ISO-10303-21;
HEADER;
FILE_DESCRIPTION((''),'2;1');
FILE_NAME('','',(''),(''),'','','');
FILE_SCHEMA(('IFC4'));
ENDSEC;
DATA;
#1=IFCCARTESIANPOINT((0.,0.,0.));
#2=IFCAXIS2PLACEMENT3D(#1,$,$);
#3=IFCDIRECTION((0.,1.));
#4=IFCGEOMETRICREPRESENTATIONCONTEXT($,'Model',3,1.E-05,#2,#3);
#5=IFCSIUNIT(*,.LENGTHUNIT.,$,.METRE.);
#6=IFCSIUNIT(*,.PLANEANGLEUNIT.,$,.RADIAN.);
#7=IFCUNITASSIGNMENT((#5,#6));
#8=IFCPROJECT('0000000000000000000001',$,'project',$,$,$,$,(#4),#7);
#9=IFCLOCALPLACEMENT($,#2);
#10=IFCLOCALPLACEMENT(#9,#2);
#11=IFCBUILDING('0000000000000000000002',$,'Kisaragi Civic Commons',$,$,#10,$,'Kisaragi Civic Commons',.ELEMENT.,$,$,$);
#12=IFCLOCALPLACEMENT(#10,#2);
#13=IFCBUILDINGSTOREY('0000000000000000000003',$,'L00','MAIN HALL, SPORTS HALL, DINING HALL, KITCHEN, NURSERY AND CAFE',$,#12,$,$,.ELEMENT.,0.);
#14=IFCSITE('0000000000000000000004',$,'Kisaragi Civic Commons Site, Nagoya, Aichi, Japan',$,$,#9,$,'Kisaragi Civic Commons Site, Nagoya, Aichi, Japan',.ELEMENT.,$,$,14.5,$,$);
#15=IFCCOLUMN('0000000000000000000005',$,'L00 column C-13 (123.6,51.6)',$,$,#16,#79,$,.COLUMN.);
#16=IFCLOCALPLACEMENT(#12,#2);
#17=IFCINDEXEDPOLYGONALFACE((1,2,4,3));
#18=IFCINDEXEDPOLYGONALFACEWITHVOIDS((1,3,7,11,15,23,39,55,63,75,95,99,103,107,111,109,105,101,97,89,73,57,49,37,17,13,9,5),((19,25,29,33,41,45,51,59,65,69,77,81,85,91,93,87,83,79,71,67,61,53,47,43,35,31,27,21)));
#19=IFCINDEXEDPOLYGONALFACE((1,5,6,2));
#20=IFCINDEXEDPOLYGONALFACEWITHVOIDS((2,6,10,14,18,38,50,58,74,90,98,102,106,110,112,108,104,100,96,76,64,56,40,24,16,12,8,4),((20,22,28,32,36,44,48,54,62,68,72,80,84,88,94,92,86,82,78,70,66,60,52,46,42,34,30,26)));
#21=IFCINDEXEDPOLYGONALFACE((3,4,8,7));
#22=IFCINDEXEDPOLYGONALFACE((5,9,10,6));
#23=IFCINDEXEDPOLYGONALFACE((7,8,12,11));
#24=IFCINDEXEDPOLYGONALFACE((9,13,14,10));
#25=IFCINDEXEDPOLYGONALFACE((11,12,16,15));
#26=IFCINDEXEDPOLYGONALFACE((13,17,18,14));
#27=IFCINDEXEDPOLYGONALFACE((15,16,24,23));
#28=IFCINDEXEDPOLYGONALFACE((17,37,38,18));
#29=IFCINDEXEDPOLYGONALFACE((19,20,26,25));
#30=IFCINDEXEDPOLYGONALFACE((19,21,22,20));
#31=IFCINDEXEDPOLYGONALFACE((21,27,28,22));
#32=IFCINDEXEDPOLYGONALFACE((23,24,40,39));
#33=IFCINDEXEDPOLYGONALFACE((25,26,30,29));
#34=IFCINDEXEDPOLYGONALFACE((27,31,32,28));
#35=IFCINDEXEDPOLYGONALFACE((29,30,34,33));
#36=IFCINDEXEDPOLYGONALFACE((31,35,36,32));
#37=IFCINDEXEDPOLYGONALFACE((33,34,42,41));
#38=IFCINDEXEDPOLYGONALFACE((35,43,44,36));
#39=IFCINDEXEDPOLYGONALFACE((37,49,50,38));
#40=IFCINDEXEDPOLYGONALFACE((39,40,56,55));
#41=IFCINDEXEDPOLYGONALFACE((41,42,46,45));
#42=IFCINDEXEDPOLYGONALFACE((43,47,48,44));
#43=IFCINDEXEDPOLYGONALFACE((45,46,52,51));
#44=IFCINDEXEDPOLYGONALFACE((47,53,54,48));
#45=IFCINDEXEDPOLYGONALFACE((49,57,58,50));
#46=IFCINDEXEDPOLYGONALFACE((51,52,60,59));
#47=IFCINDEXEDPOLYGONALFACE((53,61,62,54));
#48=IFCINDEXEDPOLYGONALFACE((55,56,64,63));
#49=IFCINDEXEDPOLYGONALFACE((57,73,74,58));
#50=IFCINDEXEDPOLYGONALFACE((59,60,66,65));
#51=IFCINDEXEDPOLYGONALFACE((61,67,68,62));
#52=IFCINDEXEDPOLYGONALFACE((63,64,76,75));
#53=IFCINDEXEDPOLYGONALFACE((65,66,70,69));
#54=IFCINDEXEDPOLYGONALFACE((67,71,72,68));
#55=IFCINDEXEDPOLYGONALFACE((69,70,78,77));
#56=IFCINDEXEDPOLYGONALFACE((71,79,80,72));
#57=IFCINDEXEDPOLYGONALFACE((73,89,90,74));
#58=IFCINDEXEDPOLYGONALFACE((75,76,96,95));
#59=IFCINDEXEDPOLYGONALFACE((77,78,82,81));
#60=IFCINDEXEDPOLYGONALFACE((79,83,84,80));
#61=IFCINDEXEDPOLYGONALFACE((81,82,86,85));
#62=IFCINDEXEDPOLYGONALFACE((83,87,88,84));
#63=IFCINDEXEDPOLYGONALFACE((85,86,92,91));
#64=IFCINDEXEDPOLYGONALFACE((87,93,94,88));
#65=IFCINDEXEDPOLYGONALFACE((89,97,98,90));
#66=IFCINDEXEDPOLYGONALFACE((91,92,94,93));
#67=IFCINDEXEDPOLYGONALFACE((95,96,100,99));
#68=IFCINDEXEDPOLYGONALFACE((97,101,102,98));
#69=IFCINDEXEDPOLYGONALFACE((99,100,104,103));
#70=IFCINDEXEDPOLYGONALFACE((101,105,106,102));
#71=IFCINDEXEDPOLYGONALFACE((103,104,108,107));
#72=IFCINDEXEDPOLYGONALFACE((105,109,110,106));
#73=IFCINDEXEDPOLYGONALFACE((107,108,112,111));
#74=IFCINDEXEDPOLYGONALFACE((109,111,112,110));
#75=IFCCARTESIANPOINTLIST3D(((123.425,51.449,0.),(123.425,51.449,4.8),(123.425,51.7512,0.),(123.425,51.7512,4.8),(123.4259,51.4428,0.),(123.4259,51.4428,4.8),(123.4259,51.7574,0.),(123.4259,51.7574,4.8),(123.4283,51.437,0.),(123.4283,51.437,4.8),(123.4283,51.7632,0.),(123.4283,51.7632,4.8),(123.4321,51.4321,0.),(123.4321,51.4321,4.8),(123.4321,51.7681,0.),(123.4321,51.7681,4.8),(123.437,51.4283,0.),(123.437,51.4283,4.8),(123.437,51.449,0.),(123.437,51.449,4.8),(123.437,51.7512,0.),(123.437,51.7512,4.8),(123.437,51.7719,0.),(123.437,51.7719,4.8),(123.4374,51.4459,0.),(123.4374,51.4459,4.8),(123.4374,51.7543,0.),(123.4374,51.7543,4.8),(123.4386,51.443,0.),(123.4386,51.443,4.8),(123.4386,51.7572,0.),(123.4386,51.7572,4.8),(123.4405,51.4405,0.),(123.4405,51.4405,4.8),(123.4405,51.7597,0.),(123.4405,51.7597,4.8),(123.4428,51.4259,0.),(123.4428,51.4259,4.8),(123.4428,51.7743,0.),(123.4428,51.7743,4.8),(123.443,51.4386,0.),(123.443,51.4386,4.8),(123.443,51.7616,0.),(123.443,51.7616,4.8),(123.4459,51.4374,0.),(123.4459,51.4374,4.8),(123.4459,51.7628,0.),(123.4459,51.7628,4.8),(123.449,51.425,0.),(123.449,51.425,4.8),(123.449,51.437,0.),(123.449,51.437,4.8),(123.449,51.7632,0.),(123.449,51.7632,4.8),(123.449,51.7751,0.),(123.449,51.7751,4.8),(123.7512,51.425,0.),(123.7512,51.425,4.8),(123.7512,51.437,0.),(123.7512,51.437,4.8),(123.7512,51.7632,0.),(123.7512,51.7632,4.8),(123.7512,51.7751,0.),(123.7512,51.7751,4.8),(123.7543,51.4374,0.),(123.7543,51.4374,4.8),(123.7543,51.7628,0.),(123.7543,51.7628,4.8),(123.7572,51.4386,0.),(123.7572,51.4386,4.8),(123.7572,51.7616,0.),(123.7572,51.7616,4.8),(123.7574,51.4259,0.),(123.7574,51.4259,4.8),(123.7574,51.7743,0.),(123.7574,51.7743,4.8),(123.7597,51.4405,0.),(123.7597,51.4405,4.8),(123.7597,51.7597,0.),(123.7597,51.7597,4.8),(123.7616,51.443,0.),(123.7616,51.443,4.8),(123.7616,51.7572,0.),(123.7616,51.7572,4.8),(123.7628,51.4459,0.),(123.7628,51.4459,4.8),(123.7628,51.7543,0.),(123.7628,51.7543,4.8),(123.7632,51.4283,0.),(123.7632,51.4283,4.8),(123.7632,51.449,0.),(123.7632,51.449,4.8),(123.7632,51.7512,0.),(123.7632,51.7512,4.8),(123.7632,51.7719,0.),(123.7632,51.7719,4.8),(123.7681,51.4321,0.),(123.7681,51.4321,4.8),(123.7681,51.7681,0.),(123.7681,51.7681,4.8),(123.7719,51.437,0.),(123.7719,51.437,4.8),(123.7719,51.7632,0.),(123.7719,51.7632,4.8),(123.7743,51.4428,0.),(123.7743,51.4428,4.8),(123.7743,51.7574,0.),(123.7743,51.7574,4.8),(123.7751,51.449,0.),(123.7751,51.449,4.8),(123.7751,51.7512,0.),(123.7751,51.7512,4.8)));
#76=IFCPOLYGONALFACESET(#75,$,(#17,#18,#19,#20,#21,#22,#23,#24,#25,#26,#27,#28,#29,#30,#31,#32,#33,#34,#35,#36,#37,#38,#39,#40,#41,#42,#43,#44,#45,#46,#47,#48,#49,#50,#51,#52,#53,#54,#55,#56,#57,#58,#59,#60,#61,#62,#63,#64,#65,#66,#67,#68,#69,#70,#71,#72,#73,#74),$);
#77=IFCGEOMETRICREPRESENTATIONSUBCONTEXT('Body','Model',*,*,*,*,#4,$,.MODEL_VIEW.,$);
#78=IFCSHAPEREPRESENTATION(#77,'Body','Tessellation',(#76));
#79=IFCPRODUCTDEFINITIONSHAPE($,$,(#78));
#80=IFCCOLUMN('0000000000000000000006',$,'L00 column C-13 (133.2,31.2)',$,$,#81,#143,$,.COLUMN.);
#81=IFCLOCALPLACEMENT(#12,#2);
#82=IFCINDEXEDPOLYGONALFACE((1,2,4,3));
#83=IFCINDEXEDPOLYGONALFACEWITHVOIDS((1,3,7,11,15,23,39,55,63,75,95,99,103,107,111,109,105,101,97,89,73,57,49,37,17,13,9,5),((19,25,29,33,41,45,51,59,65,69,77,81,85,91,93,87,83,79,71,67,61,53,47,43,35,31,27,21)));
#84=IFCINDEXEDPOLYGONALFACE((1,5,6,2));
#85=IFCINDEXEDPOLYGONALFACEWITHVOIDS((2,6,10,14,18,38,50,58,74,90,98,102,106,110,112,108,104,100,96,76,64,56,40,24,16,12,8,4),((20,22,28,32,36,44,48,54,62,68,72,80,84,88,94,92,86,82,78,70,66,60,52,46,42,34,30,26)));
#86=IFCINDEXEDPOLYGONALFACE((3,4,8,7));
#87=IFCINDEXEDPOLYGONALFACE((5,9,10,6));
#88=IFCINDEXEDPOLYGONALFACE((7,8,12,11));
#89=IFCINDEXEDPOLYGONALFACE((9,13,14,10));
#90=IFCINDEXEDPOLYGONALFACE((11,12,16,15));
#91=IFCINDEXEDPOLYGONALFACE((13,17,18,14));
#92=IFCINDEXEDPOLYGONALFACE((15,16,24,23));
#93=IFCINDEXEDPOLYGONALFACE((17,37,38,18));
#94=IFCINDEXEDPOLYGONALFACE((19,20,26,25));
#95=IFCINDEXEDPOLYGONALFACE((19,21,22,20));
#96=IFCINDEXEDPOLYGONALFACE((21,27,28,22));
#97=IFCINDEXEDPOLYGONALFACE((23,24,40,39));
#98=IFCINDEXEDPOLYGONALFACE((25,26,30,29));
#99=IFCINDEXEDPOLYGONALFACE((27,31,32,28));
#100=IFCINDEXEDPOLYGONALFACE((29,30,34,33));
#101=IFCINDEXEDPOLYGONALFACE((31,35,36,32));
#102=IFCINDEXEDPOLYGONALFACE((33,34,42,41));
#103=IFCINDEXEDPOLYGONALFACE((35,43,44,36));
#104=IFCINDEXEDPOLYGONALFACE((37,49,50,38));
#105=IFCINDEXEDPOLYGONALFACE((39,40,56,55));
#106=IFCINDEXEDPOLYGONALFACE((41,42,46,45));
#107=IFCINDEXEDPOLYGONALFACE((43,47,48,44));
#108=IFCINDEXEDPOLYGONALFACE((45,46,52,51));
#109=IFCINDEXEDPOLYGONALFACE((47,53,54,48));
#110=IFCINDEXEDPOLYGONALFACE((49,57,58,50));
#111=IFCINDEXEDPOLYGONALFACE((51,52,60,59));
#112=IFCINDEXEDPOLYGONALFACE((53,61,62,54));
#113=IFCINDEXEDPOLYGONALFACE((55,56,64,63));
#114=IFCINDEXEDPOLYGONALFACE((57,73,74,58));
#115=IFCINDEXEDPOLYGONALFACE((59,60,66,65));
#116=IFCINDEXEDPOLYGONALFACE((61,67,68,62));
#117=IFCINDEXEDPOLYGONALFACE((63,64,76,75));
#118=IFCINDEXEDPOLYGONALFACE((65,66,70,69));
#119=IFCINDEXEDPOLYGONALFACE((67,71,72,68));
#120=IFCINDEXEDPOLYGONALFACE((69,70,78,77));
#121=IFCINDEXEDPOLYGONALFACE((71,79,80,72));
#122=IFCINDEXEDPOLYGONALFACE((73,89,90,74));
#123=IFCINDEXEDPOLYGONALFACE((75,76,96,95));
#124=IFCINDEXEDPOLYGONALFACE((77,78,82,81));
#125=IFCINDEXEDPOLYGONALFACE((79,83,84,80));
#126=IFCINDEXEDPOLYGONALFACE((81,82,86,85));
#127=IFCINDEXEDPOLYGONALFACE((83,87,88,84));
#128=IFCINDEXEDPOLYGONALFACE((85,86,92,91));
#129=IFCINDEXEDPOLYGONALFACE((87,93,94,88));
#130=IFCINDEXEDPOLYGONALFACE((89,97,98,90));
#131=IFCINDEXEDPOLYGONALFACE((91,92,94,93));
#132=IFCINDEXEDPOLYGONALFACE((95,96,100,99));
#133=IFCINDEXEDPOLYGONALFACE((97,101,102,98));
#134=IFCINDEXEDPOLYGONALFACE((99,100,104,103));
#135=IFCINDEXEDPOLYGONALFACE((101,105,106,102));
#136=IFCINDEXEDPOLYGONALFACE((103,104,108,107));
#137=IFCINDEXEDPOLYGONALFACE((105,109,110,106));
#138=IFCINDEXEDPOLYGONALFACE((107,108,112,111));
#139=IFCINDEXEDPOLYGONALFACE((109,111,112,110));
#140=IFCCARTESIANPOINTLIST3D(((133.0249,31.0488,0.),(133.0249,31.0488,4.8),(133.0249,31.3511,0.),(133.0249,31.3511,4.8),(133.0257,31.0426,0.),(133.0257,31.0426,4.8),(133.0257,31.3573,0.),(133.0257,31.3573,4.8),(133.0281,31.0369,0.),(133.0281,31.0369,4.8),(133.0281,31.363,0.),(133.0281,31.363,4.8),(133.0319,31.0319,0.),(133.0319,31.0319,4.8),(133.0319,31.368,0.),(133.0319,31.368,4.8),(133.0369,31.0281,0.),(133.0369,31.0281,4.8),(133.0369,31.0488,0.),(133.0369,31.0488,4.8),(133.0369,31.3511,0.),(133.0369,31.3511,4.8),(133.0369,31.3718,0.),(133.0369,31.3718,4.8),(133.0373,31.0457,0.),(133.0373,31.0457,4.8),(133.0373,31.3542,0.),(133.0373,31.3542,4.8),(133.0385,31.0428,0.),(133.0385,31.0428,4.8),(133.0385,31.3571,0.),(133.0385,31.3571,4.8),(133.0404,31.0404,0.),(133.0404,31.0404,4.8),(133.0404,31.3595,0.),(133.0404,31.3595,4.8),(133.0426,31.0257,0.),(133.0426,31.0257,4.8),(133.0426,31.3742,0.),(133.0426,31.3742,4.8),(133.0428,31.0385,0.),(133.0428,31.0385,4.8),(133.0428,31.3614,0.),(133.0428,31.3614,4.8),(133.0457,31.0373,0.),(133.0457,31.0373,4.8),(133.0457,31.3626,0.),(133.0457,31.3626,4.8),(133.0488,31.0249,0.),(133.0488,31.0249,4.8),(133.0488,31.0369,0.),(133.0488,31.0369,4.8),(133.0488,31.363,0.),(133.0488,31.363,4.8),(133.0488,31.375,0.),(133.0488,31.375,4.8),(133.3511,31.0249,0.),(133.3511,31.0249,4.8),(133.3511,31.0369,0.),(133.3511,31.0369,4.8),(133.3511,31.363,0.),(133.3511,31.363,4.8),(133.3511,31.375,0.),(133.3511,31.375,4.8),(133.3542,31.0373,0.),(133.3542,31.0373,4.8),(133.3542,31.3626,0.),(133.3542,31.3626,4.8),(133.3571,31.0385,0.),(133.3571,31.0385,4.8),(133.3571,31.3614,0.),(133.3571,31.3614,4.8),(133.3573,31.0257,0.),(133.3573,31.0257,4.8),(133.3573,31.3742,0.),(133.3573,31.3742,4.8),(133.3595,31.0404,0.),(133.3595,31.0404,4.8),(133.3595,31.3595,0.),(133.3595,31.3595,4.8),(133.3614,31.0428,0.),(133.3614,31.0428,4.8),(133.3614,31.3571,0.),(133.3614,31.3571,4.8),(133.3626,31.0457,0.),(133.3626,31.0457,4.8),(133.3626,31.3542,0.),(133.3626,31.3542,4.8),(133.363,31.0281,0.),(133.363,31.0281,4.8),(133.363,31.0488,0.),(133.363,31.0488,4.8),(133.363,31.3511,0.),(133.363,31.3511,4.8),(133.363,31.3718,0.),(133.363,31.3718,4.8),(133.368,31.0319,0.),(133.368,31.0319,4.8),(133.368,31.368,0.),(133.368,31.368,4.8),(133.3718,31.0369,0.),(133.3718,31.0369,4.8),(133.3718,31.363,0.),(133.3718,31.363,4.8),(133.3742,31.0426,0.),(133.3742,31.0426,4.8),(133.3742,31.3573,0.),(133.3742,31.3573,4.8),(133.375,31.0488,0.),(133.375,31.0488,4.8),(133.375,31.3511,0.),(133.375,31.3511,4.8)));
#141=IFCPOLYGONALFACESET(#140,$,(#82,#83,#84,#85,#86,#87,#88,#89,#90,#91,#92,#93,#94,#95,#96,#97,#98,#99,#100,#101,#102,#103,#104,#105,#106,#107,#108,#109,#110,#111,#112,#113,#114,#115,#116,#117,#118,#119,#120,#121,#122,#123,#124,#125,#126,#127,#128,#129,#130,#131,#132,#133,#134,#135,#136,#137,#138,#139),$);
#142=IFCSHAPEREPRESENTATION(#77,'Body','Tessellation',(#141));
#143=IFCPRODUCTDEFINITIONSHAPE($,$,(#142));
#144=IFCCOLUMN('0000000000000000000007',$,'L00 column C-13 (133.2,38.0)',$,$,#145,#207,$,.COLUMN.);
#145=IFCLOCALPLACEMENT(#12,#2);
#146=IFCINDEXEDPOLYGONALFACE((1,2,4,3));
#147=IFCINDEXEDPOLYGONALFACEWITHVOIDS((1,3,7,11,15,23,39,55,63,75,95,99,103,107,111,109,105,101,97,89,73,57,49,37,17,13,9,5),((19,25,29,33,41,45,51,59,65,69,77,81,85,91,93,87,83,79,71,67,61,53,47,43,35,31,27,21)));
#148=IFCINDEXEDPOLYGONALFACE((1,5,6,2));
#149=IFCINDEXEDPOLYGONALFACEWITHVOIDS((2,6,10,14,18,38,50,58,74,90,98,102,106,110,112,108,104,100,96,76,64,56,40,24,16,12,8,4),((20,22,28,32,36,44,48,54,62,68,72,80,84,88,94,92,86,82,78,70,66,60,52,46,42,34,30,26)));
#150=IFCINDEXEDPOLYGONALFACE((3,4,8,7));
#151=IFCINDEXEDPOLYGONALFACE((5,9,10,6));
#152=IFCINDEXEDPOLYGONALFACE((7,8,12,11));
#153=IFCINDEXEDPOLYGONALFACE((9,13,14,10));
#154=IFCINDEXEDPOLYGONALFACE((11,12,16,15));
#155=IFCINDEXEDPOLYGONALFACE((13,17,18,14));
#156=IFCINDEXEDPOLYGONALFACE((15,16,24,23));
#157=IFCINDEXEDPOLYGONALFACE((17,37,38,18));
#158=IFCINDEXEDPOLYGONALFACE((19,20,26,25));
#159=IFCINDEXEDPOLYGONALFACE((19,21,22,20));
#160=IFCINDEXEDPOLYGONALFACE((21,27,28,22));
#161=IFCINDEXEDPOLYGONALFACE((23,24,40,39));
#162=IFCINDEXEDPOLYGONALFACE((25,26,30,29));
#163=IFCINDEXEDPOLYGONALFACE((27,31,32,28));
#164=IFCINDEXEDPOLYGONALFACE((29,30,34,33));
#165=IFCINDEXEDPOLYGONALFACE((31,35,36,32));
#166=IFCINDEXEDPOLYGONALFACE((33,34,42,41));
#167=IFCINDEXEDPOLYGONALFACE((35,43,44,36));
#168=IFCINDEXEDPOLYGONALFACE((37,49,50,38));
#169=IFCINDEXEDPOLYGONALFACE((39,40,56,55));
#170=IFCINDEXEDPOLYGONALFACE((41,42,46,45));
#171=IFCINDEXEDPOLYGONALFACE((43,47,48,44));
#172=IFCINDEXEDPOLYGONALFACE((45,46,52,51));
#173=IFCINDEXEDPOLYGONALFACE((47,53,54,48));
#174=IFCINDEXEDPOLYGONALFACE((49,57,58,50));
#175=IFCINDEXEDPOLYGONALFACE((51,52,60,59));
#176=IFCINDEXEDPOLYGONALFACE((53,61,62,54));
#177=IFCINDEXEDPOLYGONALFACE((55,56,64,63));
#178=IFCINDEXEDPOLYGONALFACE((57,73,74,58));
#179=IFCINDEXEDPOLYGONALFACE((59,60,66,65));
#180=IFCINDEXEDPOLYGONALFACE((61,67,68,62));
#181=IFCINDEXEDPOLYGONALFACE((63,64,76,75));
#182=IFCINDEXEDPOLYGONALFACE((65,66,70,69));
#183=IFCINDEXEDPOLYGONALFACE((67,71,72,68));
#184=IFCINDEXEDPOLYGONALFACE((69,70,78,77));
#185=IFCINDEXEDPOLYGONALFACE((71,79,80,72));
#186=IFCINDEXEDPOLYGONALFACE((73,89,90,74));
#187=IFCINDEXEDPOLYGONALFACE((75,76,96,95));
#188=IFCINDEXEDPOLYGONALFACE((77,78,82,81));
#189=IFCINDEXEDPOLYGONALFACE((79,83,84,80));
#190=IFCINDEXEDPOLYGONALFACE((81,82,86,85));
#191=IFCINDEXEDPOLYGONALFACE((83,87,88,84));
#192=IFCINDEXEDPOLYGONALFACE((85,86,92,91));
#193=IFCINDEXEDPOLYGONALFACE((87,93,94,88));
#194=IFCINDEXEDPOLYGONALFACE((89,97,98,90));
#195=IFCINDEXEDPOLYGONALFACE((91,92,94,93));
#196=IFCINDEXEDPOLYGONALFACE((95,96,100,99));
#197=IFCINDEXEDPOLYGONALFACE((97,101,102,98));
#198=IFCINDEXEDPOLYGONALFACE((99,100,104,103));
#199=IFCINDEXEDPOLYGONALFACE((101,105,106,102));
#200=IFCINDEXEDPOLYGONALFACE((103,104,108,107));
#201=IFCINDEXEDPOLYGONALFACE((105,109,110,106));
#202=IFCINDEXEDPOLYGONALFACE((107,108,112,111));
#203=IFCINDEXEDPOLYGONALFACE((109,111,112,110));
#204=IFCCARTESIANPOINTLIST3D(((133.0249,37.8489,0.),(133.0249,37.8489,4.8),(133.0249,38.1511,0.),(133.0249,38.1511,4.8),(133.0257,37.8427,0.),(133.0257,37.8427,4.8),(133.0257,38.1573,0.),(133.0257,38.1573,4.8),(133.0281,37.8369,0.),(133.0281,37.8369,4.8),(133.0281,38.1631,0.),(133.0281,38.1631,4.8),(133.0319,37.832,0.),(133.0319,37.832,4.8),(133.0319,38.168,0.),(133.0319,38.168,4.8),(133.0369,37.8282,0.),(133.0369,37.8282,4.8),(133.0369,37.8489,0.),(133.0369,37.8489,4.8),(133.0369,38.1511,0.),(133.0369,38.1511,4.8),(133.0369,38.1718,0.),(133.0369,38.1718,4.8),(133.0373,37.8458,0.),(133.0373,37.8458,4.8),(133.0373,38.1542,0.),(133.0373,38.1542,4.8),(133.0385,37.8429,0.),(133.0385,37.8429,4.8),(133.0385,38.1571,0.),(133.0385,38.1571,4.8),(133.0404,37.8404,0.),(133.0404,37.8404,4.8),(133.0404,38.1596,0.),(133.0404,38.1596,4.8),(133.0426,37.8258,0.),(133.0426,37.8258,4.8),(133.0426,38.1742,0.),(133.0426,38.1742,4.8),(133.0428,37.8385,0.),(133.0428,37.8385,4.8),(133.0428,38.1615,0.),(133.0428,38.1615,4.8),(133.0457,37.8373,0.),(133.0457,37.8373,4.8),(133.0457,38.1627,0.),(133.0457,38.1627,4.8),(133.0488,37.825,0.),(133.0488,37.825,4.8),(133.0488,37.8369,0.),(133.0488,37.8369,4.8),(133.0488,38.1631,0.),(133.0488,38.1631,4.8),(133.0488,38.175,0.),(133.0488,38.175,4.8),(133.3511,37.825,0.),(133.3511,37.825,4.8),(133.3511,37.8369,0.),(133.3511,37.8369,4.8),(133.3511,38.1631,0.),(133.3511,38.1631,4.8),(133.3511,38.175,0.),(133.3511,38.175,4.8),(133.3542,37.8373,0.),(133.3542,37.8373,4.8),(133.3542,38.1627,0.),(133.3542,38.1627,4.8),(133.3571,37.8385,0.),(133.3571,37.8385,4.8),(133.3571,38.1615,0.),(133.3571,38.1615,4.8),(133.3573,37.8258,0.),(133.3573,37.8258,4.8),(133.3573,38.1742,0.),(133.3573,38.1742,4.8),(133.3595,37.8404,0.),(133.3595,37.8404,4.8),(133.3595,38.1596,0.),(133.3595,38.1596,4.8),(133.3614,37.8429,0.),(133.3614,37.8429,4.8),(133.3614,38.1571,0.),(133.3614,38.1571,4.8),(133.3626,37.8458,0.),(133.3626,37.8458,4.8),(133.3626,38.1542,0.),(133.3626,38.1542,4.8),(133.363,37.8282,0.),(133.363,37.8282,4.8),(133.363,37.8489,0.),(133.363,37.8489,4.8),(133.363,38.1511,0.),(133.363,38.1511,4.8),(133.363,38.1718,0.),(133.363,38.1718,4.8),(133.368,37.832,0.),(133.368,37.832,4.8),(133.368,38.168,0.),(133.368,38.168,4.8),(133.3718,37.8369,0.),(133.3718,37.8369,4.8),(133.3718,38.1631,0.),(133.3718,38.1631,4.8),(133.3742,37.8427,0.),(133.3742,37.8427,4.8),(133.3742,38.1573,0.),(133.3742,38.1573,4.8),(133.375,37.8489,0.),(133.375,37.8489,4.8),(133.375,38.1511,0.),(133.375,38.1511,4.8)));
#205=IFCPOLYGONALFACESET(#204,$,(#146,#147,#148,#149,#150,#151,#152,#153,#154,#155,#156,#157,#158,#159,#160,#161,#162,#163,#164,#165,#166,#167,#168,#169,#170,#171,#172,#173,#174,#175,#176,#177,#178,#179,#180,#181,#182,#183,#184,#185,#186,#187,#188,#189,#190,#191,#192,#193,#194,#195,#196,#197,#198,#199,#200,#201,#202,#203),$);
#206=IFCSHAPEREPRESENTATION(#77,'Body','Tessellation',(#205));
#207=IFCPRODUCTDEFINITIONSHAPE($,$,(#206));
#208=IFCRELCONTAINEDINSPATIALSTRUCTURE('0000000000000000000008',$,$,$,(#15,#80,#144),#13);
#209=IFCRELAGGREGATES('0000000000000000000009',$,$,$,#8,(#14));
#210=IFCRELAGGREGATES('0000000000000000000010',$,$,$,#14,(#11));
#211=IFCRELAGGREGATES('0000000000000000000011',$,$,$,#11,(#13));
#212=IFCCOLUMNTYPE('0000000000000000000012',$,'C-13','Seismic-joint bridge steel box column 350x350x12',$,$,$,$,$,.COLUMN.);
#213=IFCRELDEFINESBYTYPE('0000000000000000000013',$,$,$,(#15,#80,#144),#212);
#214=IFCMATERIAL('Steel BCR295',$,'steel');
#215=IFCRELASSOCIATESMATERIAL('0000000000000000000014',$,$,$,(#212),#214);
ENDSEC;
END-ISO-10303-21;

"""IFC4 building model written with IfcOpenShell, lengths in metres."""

from ifc_helpers import new_model, si_unit, direction, frame, origin, origin_2d, place, context, subcontext, project, spatial, hollow_rectangle, extrude, material, material_profile, profile_set, type_object, element, save


model = new_model("IFC4")

# Units and contexts
model_context = context("Model", 3, precision=1e-05, world=origin(), true_north=direction((0.0, 1.0)))
body_context = subcontext(model_context, "Body", "Model", "MODEL_VIEW")
ifc_project = project(units=[si_unit("LENGTHUNIT", "METRE"), si_unit("PLANEANGLEUNIT", "RADIAN")], contexts=[model_context])

# Site, building, storey
site_placement = place(None, origin())
site = spatial("IfcSite", under=ifc_project, at=site_placement, Name="Kisaragi Civic Commons Site, Nagoya, Aichi, Japan", LongName="Kisaragi Civic Commons Site, Nagoya, Aichi, Japan", CompositionType="ELEMENT", RefElevation=14.5)
building_placement = place(site_placement, origin())
building = spatial("IfcBuilding", under=site, at=building_placement, Name="Kisaragi Civic Commons", LongName="Kisaragi Civic Commons", CompositionType="ELEMENT")
storey_placement = place(building_placement, origin())
storey = spatial("IfcBuildingStorey", under=building, at=storey_placement, Name="L00", Description="MAIN HALL, SPORTS HALL, DINING HALL, KITCHEN, NURSERY AND CAFE", CompositionType="ELEMENT", Elevation=0.0)

# Columns
ifc_material_1 = material(Name="Steel BCR295", Category="steel")
ifc_material_profile_1 = material_profile(ifc_material_1, hollow_rectangle(XDim=0.3501, YDim=0.3501, WallThickness=0.012, InnerFilletRadius=0.012, OuterFilletRadius=0.0239, at=origin_2d()), Name="BCR-350x350x12", Category="steel")
ifc_profile_set_1 = profile_set([ifc_material_profile_1], Name="Steel BCR295")
column_type_1 = type_object("IfcColumnType", Name="C-13", Description="Seismic-joint bridge steel box column 350x350x12", PredefinedType="COLUMN", material=ifc_profile_set_1)
for number, where, z_axis, x_axis, name in (
    (1, (123.6001, 51.6001, 0.0), (0.0, 0.0, 1.0), (1.0, 0.0, 0.0), "L00 column C-13 (123.6,51.6)"),
    (2, (133.2, 31.2, 0.0), (0.0, 0.0, 1.0), (1.0, 0.0, 0.0), "L00 column C-13 (133.2,31.2)"),
    (3, (133.2, 38.0, 0.0), (0.0, 0.0, 1.0), (1.0, 0.0, 0.0), "L00 column C-13 (133.2,38.0)"),
):
    element("IfcColumn", number, at=place(storey_placement, frame(where, z_axis=z_axis, x_axis=x_axis)), inside=storey, type_object=column_type_1, Name=name, PredefinedType="COLUMN", context=body_context, shape_type="SweptSolid", body=[
        extrude(hollow_rectangle(XDim=0.3501, YDim=0.3501, WallThickness=0.012, InnerFilletRadius=0.012, OuterFilletRadius=0.0239, at=origin_2d()), origin(), (0.0, 0.0, 1.0), 4.8),
    ])

save(model, "model.ifc")
